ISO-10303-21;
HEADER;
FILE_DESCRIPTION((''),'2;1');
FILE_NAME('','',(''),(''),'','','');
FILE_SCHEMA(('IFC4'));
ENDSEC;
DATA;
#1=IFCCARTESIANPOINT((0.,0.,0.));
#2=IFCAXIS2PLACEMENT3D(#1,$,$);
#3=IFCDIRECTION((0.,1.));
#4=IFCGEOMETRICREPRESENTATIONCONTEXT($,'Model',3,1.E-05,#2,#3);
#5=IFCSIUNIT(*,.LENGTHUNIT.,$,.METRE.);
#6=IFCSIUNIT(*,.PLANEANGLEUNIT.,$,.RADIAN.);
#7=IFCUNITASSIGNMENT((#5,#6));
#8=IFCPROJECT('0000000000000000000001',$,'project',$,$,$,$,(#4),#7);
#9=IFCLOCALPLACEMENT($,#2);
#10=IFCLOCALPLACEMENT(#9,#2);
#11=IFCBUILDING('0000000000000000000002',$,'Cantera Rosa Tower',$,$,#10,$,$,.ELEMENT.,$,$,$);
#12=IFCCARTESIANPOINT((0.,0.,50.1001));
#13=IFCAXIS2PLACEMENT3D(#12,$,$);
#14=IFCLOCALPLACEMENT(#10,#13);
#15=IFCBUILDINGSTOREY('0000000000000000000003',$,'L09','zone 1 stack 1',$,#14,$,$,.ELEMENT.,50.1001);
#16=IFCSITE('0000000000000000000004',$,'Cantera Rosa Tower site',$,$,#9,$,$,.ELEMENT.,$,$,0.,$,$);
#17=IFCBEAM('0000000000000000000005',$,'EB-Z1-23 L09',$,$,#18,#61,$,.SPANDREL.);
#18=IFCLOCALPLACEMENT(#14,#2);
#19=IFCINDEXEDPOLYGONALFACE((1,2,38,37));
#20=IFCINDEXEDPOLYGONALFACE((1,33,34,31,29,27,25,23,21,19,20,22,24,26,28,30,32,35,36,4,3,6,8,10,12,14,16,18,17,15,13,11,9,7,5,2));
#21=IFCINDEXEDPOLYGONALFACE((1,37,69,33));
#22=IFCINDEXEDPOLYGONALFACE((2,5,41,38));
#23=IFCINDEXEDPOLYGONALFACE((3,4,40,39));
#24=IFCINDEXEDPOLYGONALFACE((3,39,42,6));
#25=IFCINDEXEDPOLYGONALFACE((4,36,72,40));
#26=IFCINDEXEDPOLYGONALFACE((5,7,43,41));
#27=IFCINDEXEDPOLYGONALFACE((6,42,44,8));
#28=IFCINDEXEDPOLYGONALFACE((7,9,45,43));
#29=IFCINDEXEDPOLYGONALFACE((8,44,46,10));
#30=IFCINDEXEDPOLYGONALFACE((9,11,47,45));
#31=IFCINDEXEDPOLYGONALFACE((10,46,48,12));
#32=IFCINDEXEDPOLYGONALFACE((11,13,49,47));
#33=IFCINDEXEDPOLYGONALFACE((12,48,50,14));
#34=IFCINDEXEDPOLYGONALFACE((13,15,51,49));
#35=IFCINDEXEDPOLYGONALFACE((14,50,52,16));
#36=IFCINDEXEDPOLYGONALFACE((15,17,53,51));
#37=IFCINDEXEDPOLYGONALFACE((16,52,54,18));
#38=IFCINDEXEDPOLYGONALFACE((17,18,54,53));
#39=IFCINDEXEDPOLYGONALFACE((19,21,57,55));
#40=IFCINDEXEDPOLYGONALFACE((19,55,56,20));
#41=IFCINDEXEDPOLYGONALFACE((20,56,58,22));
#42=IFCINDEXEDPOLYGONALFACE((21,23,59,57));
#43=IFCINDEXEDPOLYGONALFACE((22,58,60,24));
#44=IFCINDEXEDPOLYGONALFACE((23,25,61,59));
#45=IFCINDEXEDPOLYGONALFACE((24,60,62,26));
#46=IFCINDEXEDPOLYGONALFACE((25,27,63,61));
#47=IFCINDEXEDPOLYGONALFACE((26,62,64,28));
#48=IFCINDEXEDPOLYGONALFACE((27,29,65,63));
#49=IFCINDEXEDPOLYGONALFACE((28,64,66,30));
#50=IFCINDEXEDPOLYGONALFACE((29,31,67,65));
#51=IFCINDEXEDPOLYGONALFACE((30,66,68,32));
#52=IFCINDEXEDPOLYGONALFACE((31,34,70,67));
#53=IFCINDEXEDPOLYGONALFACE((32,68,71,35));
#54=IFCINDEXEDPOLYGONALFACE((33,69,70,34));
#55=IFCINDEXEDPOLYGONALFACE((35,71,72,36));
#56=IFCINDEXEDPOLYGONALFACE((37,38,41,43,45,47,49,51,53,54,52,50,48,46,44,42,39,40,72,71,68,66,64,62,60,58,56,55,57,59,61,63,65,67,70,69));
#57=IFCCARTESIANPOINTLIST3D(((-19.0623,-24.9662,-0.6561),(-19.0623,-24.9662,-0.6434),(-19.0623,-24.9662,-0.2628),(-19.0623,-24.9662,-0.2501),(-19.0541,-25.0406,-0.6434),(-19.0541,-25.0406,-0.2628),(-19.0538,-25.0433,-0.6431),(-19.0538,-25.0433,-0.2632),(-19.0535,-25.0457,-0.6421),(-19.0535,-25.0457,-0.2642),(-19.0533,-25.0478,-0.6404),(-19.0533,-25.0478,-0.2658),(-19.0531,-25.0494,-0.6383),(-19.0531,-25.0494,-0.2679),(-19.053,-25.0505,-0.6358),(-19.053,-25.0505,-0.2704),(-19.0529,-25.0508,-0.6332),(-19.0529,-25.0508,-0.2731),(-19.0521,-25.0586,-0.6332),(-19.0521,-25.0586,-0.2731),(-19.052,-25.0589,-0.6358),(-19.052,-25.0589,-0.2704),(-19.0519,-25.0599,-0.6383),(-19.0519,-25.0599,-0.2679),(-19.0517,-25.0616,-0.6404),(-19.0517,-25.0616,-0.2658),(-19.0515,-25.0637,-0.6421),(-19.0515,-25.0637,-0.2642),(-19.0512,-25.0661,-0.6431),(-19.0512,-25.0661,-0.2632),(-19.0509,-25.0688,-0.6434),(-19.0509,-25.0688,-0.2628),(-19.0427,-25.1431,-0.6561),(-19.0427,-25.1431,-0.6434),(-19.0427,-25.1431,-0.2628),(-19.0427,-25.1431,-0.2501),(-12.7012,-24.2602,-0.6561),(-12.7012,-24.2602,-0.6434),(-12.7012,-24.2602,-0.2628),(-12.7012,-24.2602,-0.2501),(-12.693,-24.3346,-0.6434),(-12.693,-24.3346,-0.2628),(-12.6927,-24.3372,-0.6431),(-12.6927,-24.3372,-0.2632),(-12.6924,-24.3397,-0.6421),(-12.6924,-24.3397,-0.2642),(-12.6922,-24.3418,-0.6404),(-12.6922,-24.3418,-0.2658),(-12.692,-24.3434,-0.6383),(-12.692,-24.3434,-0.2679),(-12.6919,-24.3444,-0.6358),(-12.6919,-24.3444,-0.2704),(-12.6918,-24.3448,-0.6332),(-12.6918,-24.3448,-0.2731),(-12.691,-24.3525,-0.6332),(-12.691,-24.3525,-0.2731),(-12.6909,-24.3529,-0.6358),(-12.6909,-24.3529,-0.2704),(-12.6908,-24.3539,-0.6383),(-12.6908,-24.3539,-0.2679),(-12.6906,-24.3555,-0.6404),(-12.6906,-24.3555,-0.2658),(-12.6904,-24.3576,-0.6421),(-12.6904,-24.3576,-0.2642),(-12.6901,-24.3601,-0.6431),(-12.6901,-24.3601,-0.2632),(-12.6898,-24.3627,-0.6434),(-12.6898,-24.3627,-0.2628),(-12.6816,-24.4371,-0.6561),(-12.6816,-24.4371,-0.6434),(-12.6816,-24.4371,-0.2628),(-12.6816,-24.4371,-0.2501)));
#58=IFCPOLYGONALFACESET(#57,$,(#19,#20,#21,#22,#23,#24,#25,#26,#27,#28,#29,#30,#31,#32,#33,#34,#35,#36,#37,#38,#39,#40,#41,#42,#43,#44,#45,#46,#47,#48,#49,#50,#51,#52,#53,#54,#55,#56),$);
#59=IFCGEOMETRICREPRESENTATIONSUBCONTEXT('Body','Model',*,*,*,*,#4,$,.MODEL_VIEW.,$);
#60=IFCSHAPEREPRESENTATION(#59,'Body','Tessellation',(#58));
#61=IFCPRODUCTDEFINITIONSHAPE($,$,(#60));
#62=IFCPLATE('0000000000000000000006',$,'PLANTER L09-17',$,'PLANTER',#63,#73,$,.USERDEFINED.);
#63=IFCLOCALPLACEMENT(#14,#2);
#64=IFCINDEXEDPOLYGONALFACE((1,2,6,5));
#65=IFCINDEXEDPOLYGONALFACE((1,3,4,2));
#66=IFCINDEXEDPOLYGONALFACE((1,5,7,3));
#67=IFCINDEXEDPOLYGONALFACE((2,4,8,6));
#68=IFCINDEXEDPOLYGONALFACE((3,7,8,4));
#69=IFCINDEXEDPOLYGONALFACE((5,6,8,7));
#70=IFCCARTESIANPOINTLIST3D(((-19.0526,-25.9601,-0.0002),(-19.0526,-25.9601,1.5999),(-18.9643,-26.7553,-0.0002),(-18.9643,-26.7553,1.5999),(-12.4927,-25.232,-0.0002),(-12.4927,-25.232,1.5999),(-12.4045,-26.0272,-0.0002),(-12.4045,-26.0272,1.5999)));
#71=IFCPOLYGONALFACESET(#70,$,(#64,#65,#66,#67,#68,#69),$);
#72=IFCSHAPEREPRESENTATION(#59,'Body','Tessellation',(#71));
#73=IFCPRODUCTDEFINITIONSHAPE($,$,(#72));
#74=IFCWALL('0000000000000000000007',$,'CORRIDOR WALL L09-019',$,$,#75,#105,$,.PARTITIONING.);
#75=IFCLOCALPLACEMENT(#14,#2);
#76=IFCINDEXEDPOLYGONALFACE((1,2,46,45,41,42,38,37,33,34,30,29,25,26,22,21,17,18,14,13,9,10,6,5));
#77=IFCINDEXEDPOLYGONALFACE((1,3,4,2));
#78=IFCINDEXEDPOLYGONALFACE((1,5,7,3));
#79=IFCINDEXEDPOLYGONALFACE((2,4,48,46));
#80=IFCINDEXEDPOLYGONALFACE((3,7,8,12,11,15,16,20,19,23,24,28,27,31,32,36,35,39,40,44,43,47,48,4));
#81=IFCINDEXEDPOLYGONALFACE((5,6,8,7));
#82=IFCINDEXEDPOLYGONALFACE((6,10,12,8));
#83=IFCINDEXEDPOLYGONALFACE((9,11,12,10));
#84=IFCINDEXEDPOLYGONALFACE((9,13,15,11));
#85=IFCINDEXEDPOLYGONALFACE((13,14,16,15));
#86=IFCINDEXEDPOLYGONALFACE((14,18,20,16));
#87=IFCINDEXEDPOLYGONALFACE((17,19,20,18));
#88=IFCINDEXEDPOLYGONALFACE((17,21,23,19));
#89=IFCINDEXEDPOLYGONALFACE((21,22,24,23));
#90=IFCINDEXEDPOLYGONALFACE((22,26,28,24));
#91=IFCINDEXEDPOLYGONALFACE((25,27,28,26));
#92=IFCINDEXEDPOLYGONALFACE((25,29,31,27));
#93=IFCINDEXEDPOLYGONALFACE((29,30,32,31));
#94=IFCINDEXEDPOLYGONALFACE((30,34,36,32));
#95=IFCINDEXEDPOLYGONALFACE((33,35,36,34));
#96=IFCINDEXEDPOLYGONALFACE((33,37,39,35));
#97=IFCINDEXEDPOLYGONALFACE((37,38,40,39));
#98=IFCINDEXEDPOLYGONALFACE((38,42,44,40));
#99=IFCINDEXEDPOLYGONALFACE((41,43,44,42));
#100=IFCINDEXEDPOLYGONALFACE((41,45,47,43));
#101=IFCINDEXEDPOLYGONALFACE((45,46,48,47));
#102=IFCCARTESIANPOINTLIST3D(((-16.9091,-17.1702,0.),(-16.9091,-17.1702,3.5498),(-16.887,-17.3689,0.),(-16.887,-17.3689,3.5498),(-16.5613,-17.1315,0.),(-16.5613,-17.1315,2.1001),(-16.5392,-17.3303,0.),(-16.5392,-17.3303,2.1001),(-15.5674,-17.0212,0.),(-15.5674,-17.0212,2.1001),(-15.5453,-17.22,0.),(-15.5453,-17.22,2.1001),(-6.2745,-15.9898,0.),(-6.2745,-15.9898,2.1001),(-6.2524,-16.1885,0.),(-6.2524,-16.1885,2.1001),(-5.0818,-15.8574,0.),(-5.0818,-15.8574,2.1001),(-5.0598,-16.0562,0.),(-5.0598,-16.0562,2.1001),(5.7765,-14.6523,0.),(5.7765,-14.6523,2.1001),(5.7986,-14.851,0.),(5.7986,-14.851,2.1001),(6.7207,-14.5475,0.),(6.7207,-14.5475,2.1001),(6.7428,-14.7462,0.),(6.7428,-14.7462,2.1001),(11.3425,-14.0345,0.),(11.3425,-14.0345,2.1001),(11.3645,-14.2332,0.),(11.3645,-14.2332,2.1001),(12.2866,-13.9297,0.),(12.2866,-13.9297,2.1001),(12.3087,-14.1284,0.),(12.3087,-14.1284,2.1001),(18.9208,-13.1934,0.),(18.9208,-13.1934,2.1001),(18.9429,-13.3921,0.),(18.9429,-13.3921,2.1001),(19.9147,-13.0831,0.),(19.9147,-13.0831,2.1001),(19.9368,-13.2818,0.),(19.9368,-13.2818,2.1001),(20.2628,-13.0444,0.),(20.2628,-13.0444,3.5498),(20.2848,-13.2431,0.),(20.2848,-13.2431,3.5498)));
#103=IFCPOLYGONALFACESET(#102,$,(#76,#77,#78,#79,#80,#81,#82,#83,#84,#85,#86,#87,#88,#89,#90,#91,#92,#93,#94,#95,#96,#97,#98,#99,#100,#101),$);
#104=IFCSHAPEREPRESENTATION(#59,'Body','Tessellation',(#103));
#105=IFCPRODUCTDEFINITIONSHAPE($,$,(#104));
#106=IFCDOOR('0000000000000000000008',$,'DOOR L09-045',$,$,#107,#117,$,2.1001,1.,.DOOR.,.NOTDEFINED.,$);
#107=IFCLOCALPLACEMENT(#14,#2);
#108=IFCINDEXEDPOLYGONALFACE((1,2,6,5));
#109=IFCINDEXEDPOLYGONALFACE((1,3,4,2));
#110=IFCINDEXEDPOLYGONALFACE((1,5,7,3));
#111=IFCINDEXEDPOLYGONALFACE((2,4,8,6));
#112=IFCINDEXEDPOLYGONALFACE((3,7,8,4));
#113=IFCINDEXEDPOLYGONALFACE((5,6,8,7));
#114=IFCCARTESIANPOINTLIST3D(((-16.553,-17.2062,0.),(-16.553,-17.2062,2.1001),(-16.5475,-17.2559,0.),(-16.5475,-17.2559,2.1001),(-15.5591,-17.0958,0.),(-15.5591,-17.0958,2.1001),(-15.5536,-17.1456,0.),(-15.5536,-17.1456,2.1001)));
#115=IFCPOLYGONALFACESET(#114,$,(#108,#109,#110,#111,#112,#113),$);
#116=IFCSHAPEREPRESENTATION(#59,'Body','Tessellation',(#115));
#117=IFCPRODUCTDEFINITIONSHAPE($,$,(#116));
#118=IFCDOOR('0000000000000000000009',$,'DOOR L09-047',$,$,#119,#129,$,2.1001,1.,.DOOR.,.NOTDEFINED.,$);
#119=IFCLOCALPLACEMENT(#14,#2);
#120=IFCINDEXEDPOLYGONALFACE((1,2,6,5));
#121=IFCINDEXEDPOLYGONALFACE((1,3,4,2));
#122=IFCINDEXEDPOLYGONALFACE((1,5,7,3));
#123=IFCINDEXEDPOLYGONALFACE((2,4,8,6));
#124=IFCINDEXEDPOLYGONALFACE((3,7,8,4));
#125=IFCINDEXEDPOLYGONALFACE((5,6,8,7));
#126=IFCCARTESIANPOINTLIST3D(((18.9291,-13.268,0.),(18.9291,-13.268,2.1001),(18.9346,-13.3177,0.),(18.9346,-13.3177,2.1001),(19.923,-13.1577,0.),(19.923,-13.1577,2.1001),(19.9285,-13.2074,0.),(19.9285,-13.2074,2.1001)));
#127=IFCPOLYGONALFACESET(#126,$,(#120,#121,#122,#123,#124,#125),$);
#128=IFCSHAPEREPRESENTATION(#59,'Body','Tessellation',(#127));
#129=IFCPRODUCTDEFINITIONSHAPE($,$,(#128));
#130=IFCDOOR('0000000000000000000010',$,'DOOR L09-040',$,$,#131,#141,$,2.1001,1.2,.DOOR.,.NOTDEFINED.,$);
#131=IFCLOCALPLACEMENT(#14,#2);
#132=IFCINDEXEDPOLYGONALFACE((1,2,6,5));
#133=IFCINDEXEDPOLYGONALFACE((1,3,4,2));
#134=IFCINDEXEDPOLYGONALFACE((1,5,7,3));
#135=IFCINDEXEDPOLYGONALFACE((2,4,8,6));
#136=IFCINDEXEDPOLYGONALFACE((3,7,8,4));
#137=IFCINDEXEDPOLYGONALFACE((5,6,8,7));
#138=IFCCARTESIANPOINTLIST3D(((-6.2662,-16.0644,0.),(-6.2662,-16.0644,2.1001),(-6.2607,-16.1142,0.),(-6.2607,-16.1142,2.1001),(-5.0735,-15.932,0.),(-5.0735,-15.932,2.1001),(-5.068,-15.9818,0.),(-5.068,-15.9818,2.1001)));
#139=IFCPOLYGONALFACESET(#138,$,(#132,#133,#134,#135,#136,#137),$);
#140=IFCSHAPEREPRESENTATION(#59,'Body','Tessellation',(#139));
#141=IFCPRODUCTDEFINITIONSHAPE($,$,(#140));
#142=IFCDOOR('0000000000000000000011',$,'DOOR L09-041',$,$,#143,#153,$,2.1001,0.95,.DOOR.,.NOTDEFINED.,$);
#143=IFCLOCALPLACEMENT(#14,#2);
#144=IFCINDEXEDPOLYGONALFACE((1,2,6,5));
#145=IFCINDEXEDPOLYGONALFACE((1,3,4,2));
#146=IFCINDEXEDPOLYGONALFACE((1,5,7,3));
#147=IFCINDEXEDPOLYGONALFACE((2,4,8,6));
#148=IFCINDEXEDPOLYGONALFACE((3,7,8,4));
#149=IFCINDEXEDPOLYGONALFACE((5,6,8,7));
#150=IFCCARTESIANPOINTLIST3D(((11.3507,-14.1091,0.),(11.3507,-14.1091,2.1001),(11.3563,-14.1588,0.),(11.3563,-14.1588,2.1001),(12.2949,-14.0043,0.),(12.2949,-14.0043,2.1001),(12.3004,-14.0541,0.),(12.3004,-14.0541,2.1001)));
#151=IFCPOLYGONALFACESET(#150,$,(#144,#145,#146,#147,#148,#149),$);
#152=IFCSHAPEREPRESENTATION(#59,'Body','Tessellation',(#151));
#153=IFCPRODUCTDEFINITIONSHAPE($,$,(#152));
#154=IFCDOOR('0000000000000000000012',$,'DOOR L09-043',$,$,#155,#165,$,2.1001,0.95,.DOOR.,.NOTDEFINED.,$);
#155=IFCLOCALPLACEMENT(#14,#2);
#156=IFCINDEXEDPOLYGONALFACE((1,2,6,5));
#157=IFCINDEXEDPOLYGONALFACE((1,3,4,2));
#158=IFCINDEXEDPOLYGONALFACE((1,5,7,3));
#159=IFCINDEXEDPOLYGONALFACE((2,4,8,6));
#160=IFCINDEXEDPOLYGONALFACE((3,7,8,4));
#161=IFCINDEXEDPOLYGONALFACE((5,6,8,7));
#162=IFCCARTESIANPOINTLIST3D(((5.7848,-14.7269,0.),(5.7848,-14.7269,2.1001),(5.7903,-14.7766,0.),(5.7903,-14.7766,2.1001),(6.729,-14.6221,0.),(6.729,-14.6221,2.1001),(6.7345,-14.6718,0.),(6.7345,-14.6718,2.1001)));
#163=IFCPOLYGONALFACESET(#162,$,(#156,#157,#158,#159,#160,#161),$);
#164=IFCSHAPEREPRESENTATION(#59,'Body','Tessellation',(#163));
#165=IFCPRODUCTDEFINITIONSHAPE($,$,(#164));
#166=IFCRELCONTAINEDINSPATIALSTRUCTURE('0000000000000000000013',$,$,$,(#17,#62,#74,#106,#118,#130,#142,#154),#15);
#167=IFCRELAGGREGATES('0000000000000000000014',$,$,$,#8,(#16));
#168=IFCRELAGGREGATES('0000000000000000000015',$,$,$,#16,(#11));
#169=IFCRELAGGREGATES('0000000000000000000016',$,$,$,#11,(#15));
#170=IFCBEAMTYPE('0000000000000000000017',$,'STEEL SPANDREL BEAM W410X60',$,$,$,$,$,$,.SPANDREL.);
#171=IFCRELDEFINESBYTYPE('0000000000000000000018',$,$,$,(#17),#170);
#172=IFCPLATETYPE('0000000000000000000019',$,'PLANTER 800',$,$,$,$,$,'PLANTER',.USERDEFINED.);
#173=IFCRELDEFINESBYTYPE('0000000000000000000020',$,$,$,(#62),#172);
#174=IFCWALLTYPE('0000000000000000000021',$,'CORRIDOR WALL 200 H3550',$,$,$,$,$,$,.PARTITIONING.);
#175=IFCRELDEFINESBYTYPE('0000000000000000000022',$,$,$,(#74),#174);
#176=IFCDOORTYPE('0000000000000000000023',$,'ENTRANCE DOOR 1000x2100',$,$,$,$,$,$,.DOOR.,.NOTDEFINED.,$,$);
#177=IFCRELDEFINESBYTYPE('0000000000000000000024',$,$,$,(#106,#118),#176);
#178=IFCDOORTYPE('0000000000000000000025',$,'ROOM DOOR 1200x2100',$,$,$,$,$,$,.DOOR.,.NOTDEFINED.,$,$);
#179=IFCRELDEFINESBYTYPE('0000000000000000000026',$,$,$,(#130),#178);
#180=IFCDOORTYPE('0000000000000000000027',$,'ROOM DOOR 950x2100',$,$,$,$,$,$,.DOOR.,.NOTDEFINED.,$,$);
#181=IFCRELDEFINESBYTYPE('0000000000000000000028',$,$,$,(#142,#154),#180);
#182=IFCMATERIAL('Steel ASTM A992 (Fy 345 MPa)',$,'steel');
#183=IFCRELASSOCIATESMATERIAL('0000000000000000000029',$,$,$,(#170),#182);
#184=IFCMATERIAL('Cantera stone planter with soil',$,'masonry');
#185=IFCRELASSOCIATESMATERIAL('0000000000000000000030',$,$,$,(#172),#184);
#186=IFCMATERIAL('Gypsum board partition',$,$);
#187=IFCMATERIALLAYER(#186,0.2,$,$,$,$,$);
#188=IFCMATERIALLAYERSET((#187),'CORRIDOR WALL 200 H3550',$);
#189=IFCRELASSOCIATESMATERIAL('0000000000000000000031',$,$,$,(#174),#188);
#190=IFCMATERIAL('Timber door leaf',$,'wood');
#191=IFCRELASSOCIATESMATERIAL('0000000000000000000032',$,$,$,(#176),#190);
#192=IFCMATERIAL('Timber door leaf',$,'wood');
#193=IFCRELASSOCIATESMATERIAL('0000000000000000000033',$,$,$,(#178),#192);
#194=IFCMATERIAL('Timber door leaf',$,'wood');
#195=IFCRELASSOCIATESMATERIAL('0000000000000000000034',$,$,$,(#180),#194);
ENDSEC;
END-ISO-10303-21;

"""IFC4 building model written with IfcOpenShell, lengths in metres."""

from ifc_helpers import new_model, si_unit, direction, frame, frame_2d, origin, origin_2d, place, context, subcontext, project, spatial, rectangle, i_section, extrude, material, layer, layer_set, material_profile, profile_set, type_object, element, fill, save


model = new_model("IFC4")

# Units and contexts
model_context = context("Model", 3, precision=1e-05, world=origin(), true_north=direction((0.0, 1.0)))
body_context = subcontext(model_context, "Body", "Model", "MODEL_VIEW")
ifc_project = project(units=[si_unit("LENGTHUNIT", "METRE"), si_unit("PLANEANGLEUNIT", "RADIAN")], contexts=[model_context])

# Site, building, storey
site_placement = place(None, origin())
site = spatial("IfcSite", under=ifc_project, at=site_placement, Name="Cantera Rosa Tower site", CompositionType="ELEMENT", RefElevation=0.0)
building_placement = place(site_placement, origin())
building = spatial("IfcBuilding", under=site, at=building_placement, Name="Cantera Rosa Tower", CompositionType="ELEMENT")
storey_placement = place(building_placement, frame((0.0, 0.0, 50.1001)))
storey = spatial("IfcBuildingStorey", under=building, at=storey_placement, Name="L09", Description="zone 1 stack 1", CompositionType="ELEMENT", Elevation=50.1001)

# Beam
ifc_material_1 = material(Name="Steel ASTM A992 (Fy 345 MPa)", Category="steel")
ifc_material_profile_1 = material_profile(ifc_material_1, i_section(OverallWidth=0.178, OverallDepth=0.406, WebThickness=0.0078, FlangeThickness=0.0127, FilletRadius=0.0103, at=origin_2d()), Name="W410X60")
ifc_profile_set_1 = profile_set([ifc_material_profile_1], Name="Steel ASTM A992 (Fy 345 MPa)")
beam_type_1 = type_object("IfcBeamType", Name="STEEL SPANDREL BEAM W410X60", PredefinedType="SPANDREL", material=ifc_profile_set_1)
beam_1_placement = place(storey_placement, frame((-19.0525, -25.0547, -0.4531), z_axis=(0.993896, 0.110318, 0.0), x_axis=(-0.110318, 0.993896, 0.0)))
element("IfcBeam", 1, at=beam_1_placement, inside=storey, type_object=beam_type_1, Name="EB-Z1-23 L09", PredefinedType="SPANDREL", context=body_context, shape_type="SweptSolid", body=[
    extrude(i_section(OverallWidth=0.178, OverallDepth=0.406, WebThickness=0.0078, FlangeThickness=0.0127, FilletRadius=0.0103, at=origin_2d()), origin(), (0.0, 0.0, 1.0), 6.4001),
])

# Plate
ifc_material_2 = material(Name="Cantera stone planter with soil", Category="masonry")
plate_type = type_object("IfcPlateType", Name="PLANTER 800", ElementType="PLANTER", PredefinedType="USERDEFINED", material=ifc_material_2)
plate_placement = place(storey_placement, frame((-15.7285, -25.9937, -0.0002), z_axis=(0.0, 0.0, 1.0), x_axis=(0.993897, 0.110313, 0.0)))
element("IfcPlate", 2, at=plate_placement, inside=storey, type_object=plate_type, Name="PLANTER L09-17", ObjectType="PLANTER", PredefinedType="USERDEFINED", context=body_context, shape_type="SweptSolid", body=[
    extrude(rectangle(XDim=6.6001, YDim=0.8, at=origin_2d()), origin(), (0.0, 0.0, 1.0), 1.6001),
])

# Wall, openings, doors
ifc_material_3 = material(Name="Gypsum board partition")
ifc_layer_1 = layer(ifc_material_3, 0.2)
ifc_layer_set_1 = layer_set([ifc_layer_1], Name="CORRIDOR WALL 200 H3550")
wall_type_1 = type_object("IfcWallType", Name="CORRIDOR WALL 200 H3550", PredefinedType="PARTITIONING", material=ifc_layer_set_1)
wall_1_placement = place(storey_placement, frame((-16.8982, -17.2695, 0.0), z_axis=(0.0, 0.0, 1.0), x_axis=(0.993897, 0.110313, 0.0)))
wall_1 = element("IfcWall", 3, at=wall_1_placement, inside=storey, type_object=wall_type_1, Name="CORRIDOR WALL L09-019", PredefinedType="PARTITIONING", context=body_context, shape_type="SweptSolid", body=[
    extrude(rectangle(XDim=37.4001, YDim=0.2, at=frame_2d((18.7002, 0.0))), origin(), (0.0, 0.0, 1.0), 3.5498),
])
opening_1_placement = place(wall_1_placement, frame((10.7, 0.0, 0.0)))
opening_1 = element("IfcOpeningElement", 4, at=opening_1_placement, cuts=wall_1, PredefinedType="OPENING", context=body_context, shape_type="SweptSolid", body=[
    extrude(rectangle(XDim=1.2, YDim=2.1001, at=frame_2d((0.6001, 1.05))), frame((0.0, 0.1099, 0.0), z_axis=(0.0, -1.0, 0.0), x_axis=(1.0, 0.0, 0.0)), (0.0, 0.0, 1.0), 0.22),
])
opening_2_placement = place(wall_1_placement, frame((28.425, 0.0, 0.0)))
opening_2 = element("IfcOpeningElement", 5, at=opening_2_placement, cuts=wall_1, PredefinedType="OPENING", context=body_context, shape_type="SweptSolid", body=[
    extrude(rectangle(XDim=0.95, YDim=2.1001, at=frame_2d((0.4751, 1.05))), frame((0.0, 0.1099, 0.0), z_axis=(0.0, -1.0, 0.0), x_axis=(1.0, 0.0, 0.0)), (0.0, 0.0, 1.0), 0.22),
])
opening_3_placement = place(wall_1_placement, frame((22.825, 0.0, 0.0)))
opening_3 = element("IfcOpeningElement", 6, at=opening_3_placement, cuts=wall_1, PredefinedType="OPENING", context=body_context, shape_type="SweptSolid", body=[
    extrude(rectangle(XDim=0.95, YDim=2.1001, at=frame_2d((0.4751, 1.05))), frame((0.0, 0.1099, 0.0), z_axis=(0.0, -1.0, 0.0), x_axis=(1.0, 0.0, 0.0)), (0.0, 0.0, 1.0), 0.22),
])
opening_4_placement = place(wall_1_placement, frame((0.3501, 0.0, 0.0)))
opening_4 = element("IfcOpeningElement", 7, at=opening_4_placement, cuts=wall_1, PredefinedType="OPENING", context=body_context, shape_type="SweptSolid", body=[
    extrude(rectangle(XDim=1.0, YDim=2.1001, at=frame_2d((0.5, 1.05))), frame((0.0, 0.1099, 0.0), z_axis=(0.0, -1.0, 0.0), x_axis=(1.0, 0.0, 0.0)), (0.0, 0.0, 1.0), 0.22),
])
opening_5_placement = place(wall_1_placement, frame((36.05, 0.0, 0.0)))
opening_5 = element("IfcOpeningElement", 8, at=opening_5_placement, cuts=wall_1, PredefinedType="OPENING", context=body_context, shape_type="SweptSolid", body=[
    extrude(rectangle(XDim=1.0, YDim=2.1001, at=frame_2d((0.5, 1.05))), frame((0.0, 0.1099, 0.0), z_axis=(0.0, -1.0, 0.0), x_axis=(1.0, 0.0, 0.0)), (0.0, 0.0, 1.0), 0.22),
])
ifc_material_4 = material(Name="Timber door leaf", Category="wood")
door_type_1 = type_object("IfcDoorType", Name="ENTRANCE DOOR 1000x2100", OperationType="NOTDEFINED", PredefinedType="DOOR", material=ifc_material_4)
door_1_placement = place(opening_4_placement, origin())
door_1 = element("IfcDoor", 9, at=door_1_placement, inside=storey, type_object=door_type_1, Name="DOOR L09-045", OperationType="NOTDEFINED", OverallHeight=2.1001, OverallWidth=1.0, PredefinedType="DOOR", context=body_context, shape_type="SweptSolid", body=[
    extrude(rectangle(XDim=1.0, YDim=2.1001, at=frame_2d((0.5, 1.05))), frame((0.0, 0.0249, 0.0), z_axis=(0.0, -1.0, 0.0), x_axis=(1.0, 0.0, 0.0)), (0.0, 0.0, 1.0), 0.05),
])
fill(opening_4, door_1)
door_2_placement = place(opening_5_placement, origin())
door_2 = element("IfcDoor", 10, at=door_2_placement, inside=storey, type_object=door_type_1, Name="DOOR L09-047", OperationType="NOTDEFINED", OverallHeight=2.1001, OverallWidth=1.0, PredefinedType="DOOR", context=body_context, shape_type="SweptSolid", body=[
    extrude(rectangle(XDim=1.0, YDim=2.1001, at=frame_2d((0.5, 1.05))), frame((0.0, 0.0249, 0.0), z_axis=(0.0, -1.0, 0.0), x_axis=(1.0, 0.0, 0.0)), (0.0, 0.0, 1.0), 0.05),
])
fill(opening_5, door_2)
ifc_material_5 = material(Name="Timber door leaf", Category="wood")
door_type_2 = type_object("IfcDoorType", Name="ROOM DOOR 1200x2100", OperationType="NOTDEFINED", PredefinedType="DOOR", material=ifc_material_5)
door_3_placement = place(opening_1_placement, origin())
door_3 = element("IfcDoor", 11, at=door_3_placement, inside=storey, type_object=door_type_2, Name="DOOR L09-040", OperationType="NOTDEFINED", OverallHeight=2.1001, OverallWidth=1.2, PredefinedType="DOOR", context=body_context, shape_type="SweptSolid", body=[
    extrude(rectangle(XDim=1.2, YDim=2.1001, at=frame_2d((0.6001, 1.05))), frame((0.0, 0.0249, 0.0), z_axis=(0.0, -1.0, 0.0), x_axis=(1.0, 0.0, 0.0)), (0.0, 0.0, 1.0), 0.05),
])
fill(opening_1, door_3)
ifc_material_6 = material(Name="Timber door leaf", Category="wood")
door_type_3 = type_object("IfcDoorType", Name="ROOM DOOR 950x2100", OperationType="NOTDEFINED", PredefinedType="DOOR", material=ifc_material_6)
door_4_placement = place(opening_2_placement, origin())
door_4 = element("IfcDoor", 12, at=door_4_placement, inside=storey, type_object=door_type_3, Name="DOOR L09-041", OperationType="NOTDEFINED", OverallHeight=2.1001, OverallWidth=0.95, PredefinedType="DOOR", context=body_context, shape_type="SweptSolid", body=[
    extrude(rectangle(XDim=0.95, YDim=2.1001, at=frame_2d((0.4751, 1.05))), frame((0.0, 0.0249, 0.0), z_axis=(0.0, -1.0, 0.0), x_axis=(1.0, 0.0, 0.0)), (0.0, 0.0, 1.0), 0.05),
])
fill(opening_2, door_4)
door_5_placement = place(opening_3_placement, origin())
door_5 = element("IfcDoor", 13, at=door_5_placement, inside=storey, type_object=door_type_3, Name="DOOR L09-043", OperationType="NOTDEFINED", OverallHeight=2.1001, OverallWidth=0.95, PredefinedType="DOOR", context=body_context, shape_type="SweptSolid", body=[
    extrude(rectangle(XDim=0.95, YDim=2.1001, at=frame_2d((0.4751, 1.05))), frame((0.0, 0.0249, 0.0), z_axis=(0.0, -1.0, 0.0), x_axis=(1.0, 0.0, 0.0)), (0.0, 0.0, 1.0), 0.05),
])
fill(opening_3, door_5)

save(model, "model.ifc")
